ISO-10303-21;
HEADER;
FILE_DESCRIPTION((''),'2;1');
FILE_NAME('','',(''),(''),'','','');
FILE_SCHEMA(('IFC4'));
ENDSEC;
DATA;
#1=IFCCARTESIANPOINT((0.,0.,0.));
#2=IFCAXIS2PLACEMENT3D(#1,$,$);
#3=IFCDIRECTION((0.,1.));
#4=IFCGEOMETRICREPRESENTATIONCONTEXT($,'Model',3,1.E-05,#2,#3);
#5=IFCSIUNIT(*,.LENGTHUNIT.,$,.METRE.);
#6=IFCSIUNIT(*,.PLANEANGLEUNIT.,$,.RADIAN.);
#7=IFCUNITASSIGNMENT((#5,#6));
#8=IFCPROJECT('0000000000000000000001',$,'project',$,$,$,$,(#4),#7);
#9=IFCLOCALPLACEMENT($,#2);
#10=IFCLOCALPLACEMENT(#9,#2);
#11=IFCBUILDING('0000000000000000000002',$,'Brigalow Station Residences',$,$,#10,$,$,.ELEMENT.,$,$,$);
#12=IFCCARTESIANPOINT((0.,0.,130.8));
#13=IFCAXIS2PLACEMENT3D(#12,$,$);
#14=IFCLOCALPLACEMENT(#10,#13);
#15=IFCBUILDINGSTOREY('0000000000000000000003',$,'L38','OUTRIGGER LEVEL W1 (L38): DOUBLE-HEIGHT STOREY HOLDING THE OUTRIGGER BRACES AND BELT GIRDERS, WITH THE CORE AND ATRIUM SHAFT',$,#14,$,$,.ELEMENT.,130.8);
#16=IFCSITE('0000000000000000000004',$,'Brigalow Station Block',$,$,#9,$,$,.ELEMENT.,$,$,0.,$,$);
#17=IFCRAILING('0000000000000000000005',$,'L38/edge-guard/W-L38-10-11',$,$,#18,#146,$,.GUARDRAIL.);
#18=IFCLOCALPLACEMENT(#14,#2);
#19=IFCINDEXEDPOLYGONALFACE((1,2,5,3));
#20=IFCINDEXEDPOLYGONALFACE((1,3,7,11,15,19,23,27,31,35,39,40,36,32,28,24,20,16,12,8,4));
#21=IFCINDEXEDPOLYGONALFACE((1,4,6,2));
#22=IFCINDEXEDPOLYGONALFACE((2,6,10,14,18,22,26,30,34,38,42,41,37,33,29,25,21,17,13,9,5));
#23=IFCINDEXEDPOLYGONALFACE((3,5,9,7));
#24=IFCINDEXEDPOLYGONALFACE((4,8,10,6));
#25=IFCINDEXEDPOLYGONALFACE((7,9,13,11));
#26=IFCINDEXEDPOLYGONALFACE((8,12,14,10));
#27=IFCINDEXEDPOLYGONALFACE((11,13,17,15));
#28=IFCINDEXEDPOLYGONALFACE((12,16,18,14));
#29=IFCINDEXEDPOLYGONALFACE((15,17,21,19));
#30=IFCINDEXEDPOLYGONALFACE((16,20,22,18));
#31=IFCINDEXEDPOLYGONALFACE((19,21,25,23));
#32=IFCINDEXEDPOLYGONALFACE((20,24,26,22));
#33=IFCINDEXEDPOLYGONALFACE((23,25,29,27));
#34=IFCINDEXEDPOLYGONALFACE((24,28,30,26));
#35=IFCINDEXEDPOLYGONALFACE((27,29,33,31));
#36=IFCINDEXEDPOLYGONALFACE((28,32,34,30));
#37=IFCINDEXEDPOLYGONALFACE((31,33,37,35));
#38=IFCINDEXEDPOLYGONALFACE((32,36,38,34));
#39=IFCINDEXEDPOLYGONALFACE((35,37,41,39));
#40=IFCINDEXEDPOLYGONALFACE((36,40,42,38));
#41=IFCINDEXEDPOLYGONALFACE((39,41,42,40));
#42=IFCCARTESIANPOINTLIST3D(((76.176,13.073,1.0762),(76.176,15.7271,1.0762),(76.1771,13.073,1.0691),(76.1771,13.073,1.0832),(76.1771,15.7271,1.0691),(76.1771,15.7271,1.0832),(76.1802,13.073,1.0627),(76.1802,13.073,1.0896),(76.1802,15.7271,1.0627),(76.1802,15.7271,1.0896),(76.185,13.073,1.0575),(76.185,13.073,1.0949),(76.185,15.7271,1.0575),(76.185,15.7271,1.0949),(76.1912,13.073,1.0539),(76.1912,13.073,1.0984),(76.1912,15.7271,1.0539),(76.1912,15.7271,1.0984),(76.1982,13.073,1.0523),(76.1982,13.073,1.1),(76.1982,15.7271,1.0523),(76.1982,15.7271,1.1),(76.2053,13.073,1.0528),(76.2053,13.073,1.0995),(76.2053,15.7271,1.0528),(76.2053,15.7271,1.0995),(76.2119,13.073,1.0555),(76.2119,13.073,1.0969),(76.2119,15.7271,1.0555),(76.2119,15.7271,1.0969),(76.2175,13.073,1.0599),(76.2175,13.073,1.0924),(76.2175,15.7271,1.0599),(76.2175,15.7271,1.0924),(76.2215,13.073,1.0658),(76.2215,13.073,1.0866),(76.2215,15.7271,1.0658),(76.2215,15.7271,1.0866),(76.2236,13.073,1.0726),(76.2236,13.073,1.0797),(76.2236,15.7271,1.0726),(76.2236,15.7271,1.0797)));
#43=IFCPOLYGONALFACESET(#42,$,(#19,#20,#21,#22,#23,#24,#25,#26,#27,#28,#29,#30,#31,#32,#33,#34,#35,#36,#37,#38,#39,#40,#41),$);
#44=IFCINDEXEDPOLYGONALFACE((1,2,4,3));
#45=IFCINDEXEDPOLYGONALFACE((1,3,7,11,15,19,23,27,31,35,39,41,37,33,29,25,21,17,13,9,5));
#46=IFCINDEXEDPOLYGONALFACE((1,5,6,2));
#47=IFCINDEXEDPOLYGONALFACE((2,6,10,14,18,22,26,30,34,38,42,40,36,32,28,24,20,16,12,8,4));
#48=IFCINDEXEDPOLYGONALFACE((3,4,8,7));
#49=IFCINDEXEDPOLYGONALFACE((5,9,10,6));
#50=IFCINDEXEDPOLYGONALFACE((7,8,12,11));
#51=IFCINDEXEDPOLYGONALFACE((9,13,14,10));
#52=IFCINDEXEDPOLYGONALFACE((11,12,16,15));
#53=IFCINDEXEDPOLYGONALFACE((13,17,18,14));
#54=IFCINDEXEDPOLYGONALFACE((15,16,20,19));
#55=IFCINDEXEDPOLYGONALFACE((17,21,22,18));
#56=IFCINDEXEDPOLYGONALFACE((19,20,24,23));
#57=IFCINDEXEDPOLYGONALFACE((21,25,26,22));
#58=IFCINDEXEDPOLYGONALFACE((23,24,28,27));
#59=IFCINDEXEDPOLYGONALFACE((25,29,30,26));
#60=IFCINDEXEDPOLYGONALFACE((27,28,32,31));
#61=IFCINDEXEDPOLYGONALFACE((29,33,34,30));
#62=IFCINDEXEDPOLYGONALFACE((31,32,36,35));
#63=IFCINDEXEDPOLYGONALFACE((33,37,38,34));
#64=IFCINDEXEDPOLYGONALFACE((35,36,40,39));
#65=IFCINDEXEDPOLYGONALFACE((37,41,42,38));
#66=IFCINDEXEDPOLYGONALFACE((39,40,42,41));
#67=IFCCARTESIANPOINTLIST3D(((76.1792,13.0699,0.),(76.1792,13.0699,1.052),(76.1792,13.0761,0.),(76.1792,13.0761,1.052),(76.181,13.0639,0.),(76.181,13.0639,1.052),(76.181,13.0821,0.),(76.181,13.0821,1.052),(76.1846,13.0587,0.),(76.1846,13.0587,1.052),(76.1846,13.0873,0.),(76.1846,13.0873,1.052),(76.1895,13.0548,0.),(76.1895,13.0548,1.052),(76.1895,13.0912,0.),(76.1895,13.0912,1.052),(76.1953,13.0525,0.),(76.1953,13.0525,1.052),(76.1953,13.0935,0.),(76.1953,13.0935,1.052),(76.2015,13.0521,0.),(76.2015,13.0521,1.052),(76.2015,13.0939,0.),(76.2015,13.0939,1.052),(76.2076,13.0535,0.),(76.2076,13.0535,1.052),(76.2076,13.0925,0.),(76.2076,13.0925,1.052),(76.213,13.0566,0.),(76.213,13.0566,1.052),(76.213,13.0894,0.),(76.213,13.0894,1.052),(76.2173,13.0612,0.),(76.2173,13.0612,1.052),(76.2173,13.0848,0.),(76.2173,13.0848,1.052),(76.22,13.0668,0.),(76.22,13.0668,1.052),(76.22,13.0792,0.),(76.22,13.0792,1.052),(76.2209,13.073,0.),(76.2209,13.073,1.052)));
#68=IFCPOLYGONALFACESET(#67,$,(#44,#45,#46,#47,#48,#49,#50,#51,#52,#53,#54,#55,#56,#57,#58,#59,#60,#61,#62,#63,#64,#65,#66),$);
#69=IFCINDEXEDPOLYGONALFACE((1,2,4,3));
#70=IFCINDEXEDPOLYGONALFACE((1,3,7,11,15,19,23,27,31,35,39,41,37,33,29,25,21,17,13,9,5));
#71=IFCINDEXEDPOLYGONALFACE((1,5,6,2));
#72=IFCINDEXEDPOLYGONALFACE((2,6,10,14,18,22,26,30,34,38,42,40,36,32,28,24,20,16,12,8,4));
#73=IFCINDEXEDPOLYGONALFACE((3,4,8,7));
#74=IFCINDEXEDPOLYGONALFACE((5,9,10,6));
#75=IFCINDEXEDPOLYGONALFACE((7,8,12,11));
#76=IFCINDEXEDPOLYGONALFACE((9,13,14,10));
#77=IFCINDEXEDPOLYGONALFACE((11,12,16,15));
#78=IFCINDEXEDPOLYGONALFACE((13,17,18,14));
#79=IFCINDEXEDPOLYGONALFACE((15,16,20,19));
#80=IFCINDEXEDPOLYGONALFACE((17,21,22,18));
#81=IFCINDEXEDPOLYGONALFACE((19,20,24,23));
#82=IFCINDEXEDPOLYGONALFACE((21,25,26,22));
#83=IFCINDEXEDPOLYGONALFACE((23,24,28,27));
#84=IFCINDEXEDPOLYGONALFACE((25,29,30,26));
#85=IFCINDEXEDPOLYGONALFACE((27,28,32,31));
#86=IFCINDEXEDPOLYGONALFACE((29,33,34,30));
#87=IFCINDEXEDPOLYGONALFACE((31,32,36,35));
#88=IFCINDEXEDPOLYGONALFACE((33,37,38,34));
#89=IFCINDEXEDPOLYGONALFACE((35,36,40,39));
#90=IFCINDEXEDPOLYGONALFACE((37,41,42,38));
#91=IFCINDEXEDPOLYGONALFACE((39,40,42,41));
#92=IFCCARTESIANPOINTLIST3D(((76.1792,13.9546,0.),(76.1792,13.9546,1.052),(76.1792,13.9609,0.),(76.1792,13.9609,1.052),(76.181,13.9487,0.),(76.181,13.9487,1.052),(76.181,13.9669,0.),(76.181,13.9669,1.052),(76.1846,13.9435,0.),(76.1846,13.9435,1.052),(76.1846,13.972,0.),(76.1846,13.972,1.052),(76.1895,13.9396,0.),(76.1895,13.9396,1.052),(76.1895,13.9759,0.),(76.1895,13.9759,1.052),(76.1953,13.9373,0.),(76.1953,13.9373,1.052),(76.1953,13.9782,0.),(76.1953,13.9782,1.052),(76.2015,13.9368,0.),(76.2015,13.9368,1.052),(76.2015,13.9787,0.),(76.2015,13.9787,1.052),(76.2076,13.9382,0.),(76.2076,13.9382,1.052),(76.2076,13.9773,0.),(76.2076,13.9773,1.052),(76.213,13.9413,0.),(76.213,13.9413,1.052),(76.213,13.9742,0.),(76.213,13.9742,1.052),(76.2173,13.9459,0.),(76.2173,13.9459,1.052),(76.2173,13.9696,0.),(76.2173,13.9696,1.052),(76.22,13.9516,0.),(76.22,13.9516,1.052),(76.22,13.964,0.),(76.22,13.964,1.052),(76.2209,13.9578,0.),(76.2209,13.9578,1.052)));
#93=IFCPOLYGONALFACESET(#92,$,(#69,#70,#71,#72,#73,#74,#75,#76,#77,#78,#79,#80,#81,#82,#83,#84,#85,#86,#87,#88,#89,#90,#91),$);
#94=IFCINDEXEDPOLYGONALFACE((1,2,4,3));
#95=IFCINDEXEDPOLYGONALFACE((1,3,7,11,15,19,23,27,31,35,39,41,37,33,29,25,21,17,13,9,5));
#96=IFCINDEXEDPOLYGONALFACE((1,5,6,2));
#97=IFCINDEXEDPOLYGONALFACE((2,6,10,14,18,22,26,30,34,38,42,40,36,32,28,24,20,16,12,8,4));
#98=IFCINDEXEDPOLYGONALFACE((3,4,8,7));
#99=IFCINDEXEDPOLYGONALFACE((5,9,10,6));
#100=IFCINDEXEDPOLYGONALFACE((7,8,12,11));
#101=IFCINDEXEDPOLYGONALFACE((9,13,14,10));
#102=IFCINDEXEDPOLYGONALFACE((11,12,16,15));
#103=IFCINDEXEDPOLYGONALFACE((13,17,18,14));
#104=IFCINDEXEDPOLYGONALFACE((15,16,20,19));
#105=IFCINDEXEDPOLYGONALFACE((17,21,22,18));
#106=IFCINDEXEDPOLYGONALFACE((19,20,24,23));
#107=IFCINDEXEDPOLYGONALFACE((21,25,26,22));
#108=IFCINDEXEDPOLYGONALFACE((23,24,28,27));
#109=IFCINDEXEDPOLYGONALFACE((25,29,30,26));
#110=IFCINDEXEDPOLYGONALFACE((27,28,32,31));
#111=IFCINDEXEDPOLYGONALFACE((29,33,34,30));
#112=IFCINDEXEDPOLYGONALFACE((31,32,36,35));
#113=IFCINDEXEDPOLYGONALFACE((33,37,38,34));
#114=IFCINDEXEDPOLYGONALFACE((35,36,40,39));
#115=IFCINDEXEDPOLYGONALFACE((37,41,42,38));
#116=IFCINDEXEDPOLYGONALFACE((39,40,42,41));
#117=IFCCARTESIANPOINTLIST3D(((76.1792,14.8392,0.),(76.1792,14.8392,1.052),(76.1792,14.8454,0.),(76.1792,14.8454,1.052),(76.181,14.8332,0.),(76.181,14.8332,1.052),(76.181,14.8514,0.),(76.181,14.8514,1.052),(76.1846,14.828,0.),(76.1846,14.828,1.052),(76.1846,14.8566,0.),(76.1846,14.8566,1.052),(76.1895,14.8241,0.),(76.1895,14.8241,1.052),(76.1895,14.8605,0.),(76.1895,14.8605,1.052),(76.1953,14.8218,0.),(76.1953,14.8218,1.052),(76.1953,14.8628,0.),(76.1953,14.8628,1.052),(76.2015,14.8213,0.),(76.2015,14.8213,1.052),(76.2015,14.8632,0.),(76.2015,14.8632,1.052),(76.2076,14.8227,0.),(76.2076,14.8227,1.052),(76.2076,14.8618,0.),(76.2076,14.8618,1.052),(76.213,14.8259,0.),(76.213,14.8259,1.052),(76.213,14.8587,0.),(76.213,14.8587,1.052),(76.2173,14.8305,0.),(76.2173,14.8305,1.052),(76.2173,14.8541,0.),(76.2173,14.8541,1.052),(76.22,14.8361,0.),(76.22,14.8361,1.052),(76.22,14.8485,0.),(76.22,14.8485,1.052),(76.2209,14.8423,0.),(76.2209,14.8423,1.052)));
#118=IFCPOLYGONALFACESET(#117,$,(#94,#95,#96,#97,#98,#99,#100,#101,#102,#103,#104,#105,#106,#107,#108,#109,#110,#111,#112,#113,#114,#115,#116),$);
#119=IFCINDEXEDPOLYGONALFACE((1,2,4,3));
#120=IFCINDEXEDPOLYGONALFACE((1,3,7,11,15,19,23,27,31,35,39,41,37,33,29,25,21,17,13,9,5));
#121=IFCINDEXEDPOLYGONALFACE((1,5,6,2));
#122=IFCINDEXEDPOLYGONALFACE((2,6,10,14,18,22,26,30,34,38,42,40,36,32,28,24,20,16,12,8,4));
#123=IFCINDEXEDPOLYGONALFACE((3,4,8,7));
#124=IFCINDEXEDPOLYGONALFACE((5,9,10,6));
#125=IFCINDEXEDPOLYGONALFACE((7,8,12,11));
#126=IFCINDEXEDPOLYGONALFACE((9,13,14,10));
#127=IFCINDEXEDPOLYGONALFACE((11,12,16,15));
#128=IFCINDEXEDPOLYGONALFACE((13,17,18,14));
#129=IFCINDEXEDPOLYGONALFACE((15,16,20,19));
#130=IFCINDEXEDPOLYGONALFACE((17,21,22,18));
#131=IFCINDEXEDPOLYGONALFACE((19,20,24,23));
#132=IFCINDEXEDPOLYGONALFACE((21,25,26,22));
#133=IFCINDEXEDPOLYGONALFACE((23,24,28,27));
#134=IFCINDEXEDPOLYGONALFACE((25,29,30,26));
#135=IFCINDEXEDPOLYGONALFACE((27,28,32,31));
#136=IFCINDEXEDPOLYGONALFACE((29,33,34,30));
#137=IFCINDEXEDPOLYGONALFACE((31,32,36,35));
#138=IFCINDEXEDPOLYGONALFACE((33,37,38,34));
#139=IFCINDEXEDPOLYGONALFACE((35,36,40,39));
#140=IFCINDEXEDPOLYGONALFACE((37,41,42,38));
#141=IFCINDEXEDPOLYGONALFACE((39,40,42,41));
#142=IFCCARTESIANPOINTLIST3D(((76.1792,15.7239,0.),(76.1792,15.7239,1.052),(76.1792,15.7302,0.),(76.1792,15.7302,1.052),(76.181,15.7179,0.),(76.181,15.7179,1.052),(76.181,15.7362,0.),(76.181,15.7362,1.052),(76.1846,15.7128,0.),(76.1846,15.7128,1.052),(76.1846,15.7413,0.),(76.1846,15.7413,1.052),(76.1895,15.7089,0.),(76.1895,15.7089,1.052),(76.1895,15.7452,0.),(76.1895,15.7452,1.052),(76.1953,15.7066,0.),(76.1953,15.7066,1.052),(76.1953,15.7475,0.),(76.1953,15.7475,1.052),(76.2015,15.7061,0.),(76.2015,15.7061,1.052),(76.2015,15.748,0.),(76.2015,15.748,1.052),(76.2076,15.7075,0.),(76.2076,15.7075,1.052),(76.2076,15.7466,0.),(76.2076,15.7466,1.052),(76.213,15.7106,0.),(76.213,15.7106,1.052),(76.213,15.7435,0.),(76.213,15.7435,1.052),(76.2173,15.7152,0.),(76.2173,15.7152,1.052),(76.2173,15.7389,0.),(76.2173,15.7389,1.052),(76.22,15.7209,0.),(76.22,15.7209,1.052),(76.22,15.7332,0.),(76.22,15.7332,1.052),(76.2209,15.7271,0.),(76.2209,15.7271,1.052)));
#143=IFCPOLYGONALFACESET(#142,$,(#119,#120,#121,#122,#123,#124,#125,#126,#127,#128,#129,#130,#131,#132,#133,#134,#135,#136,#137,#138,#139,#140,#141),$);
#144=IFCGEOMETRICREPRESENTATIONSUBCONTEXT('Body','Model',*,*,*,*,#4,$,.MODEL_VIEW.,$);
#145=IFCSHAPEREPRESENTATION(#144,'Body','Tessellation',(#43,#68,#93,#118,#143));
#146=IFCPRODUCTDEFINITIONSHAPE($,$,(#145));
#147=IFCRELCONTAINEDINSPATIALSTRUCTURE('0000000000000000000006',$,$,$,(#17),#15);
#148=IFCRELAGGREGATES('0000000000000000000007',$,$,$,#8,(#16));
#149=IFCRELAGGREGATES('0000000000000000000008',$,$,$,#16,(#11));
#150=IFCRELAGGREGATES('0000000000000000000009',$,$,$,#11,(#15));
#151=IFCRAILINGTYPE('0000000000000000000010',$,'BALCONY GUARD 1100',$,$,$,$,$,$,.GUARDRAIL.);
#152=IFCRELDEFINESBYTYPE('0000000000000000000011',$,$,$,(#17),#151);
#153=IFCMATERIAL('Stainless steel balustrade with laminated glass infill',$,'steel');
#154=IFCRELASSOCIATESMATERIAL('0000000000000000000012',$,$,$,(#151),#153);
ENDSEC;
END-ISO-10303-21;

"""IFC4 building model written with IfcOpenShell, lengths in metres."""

from ifc_helpers import new_model, si_unit, direction, frame, origin, origin_2d, place, context, subcontext, project, spatial, circle, extrude, material, type_object, element, save


model = new_model("IFC4")

# Units and contexts
model_context = context("Model", 3, precision=1e-05, world=origin(), true_north=direction((0.0, 1.0)))
body_context = subcontext(model_context, "Body", "Model", "MODEL_VIEW")
ifc_project = project(units=[si_unit("LENGTHUNIT", "METRE"), si_unit("PLANEANGLEUNIT", "RADIAN")], contexts=[model_context])

# Site, building, storey
site_placement = place(None, origin())
site = spatial("IfcSite", under=ifc_project, at=site_placement, Name="Brigalow Station Block", CompositionType="ELEMENT", RefElevation=0.0)
building_placement = place(site_placement, origin())
building = spatial("IfcBuilding", under=site, at=building_placement, Name="Brigalow Station Residences", CompositionType="ELEMENT")
storey_placement = place(building_placement, frame((0.0, 0.0, 130.8)))
storey = spatial("IfcBuildingStorey", under=building, at=storey_placement, Name="L38", Description="OUTRIGGER LEVEL W1 (L38): DOUBLE-HEIGHT STOREY HOLDING THE OUTRIGGER BRACES AND BELT GIRDERS, WITH THE CORE AND ATRIUM SHAFT", CompositionType="ELEMENT", Elevation=130.8)

# Railing
ifc_material_1 = material(Name="Stainless steel balustrade with laminated glass infill", Category="steel")
railing_type = type_object("IfcRailingType", Name="BALCONY GUARD 1100", PredefinedType="GUARDRAIL", material=ifc_material_1)
railing_1_placement = place(storey_placement, frame((76.2, 13.073, 0.0)))
element("IfcRailing", 1, at=railing_1_placement, inside=storey, type_object=railing_type, Name="L38/edge-guard/W-L38-10-11", PredefinedType="GUARDRAIL", context=body_context, shape_type="SweptSolid", body=[
    extrude(circle(Radius=0.0239, at=origin_2d()), frame((0.0, 0.0, 1.0762), z_axis=(0.0, 1.0, 0.0), x_axis=(-1.0, 0.0, 0.0)), (0.0, 0.0, 1.0), 2.6541),
    extrude(circle(Radius=0.021, at=origin_2d()), origin(), (0.0, 0.0, 1.0), 1.052),
    extrude(circle(Radius=0.021, at=origin_2d()), frame((0.0, 0.8848, 0.0)), (0.0, 0.0, 1.0), 1.052),
    extrude(circle(Radius=0.021, at=origin_2d()), frame((0.0, 1.7693, 0.0)), (0.0, 0.0, 1.0), 1.052),
    extrude(circle(Radius=0.021, at=origin_2d()), frame((0.0, 2.6541, 0.0)), (0.0, 0.0, 1.0), 1.052),
])

save(model, "model.ifc")
